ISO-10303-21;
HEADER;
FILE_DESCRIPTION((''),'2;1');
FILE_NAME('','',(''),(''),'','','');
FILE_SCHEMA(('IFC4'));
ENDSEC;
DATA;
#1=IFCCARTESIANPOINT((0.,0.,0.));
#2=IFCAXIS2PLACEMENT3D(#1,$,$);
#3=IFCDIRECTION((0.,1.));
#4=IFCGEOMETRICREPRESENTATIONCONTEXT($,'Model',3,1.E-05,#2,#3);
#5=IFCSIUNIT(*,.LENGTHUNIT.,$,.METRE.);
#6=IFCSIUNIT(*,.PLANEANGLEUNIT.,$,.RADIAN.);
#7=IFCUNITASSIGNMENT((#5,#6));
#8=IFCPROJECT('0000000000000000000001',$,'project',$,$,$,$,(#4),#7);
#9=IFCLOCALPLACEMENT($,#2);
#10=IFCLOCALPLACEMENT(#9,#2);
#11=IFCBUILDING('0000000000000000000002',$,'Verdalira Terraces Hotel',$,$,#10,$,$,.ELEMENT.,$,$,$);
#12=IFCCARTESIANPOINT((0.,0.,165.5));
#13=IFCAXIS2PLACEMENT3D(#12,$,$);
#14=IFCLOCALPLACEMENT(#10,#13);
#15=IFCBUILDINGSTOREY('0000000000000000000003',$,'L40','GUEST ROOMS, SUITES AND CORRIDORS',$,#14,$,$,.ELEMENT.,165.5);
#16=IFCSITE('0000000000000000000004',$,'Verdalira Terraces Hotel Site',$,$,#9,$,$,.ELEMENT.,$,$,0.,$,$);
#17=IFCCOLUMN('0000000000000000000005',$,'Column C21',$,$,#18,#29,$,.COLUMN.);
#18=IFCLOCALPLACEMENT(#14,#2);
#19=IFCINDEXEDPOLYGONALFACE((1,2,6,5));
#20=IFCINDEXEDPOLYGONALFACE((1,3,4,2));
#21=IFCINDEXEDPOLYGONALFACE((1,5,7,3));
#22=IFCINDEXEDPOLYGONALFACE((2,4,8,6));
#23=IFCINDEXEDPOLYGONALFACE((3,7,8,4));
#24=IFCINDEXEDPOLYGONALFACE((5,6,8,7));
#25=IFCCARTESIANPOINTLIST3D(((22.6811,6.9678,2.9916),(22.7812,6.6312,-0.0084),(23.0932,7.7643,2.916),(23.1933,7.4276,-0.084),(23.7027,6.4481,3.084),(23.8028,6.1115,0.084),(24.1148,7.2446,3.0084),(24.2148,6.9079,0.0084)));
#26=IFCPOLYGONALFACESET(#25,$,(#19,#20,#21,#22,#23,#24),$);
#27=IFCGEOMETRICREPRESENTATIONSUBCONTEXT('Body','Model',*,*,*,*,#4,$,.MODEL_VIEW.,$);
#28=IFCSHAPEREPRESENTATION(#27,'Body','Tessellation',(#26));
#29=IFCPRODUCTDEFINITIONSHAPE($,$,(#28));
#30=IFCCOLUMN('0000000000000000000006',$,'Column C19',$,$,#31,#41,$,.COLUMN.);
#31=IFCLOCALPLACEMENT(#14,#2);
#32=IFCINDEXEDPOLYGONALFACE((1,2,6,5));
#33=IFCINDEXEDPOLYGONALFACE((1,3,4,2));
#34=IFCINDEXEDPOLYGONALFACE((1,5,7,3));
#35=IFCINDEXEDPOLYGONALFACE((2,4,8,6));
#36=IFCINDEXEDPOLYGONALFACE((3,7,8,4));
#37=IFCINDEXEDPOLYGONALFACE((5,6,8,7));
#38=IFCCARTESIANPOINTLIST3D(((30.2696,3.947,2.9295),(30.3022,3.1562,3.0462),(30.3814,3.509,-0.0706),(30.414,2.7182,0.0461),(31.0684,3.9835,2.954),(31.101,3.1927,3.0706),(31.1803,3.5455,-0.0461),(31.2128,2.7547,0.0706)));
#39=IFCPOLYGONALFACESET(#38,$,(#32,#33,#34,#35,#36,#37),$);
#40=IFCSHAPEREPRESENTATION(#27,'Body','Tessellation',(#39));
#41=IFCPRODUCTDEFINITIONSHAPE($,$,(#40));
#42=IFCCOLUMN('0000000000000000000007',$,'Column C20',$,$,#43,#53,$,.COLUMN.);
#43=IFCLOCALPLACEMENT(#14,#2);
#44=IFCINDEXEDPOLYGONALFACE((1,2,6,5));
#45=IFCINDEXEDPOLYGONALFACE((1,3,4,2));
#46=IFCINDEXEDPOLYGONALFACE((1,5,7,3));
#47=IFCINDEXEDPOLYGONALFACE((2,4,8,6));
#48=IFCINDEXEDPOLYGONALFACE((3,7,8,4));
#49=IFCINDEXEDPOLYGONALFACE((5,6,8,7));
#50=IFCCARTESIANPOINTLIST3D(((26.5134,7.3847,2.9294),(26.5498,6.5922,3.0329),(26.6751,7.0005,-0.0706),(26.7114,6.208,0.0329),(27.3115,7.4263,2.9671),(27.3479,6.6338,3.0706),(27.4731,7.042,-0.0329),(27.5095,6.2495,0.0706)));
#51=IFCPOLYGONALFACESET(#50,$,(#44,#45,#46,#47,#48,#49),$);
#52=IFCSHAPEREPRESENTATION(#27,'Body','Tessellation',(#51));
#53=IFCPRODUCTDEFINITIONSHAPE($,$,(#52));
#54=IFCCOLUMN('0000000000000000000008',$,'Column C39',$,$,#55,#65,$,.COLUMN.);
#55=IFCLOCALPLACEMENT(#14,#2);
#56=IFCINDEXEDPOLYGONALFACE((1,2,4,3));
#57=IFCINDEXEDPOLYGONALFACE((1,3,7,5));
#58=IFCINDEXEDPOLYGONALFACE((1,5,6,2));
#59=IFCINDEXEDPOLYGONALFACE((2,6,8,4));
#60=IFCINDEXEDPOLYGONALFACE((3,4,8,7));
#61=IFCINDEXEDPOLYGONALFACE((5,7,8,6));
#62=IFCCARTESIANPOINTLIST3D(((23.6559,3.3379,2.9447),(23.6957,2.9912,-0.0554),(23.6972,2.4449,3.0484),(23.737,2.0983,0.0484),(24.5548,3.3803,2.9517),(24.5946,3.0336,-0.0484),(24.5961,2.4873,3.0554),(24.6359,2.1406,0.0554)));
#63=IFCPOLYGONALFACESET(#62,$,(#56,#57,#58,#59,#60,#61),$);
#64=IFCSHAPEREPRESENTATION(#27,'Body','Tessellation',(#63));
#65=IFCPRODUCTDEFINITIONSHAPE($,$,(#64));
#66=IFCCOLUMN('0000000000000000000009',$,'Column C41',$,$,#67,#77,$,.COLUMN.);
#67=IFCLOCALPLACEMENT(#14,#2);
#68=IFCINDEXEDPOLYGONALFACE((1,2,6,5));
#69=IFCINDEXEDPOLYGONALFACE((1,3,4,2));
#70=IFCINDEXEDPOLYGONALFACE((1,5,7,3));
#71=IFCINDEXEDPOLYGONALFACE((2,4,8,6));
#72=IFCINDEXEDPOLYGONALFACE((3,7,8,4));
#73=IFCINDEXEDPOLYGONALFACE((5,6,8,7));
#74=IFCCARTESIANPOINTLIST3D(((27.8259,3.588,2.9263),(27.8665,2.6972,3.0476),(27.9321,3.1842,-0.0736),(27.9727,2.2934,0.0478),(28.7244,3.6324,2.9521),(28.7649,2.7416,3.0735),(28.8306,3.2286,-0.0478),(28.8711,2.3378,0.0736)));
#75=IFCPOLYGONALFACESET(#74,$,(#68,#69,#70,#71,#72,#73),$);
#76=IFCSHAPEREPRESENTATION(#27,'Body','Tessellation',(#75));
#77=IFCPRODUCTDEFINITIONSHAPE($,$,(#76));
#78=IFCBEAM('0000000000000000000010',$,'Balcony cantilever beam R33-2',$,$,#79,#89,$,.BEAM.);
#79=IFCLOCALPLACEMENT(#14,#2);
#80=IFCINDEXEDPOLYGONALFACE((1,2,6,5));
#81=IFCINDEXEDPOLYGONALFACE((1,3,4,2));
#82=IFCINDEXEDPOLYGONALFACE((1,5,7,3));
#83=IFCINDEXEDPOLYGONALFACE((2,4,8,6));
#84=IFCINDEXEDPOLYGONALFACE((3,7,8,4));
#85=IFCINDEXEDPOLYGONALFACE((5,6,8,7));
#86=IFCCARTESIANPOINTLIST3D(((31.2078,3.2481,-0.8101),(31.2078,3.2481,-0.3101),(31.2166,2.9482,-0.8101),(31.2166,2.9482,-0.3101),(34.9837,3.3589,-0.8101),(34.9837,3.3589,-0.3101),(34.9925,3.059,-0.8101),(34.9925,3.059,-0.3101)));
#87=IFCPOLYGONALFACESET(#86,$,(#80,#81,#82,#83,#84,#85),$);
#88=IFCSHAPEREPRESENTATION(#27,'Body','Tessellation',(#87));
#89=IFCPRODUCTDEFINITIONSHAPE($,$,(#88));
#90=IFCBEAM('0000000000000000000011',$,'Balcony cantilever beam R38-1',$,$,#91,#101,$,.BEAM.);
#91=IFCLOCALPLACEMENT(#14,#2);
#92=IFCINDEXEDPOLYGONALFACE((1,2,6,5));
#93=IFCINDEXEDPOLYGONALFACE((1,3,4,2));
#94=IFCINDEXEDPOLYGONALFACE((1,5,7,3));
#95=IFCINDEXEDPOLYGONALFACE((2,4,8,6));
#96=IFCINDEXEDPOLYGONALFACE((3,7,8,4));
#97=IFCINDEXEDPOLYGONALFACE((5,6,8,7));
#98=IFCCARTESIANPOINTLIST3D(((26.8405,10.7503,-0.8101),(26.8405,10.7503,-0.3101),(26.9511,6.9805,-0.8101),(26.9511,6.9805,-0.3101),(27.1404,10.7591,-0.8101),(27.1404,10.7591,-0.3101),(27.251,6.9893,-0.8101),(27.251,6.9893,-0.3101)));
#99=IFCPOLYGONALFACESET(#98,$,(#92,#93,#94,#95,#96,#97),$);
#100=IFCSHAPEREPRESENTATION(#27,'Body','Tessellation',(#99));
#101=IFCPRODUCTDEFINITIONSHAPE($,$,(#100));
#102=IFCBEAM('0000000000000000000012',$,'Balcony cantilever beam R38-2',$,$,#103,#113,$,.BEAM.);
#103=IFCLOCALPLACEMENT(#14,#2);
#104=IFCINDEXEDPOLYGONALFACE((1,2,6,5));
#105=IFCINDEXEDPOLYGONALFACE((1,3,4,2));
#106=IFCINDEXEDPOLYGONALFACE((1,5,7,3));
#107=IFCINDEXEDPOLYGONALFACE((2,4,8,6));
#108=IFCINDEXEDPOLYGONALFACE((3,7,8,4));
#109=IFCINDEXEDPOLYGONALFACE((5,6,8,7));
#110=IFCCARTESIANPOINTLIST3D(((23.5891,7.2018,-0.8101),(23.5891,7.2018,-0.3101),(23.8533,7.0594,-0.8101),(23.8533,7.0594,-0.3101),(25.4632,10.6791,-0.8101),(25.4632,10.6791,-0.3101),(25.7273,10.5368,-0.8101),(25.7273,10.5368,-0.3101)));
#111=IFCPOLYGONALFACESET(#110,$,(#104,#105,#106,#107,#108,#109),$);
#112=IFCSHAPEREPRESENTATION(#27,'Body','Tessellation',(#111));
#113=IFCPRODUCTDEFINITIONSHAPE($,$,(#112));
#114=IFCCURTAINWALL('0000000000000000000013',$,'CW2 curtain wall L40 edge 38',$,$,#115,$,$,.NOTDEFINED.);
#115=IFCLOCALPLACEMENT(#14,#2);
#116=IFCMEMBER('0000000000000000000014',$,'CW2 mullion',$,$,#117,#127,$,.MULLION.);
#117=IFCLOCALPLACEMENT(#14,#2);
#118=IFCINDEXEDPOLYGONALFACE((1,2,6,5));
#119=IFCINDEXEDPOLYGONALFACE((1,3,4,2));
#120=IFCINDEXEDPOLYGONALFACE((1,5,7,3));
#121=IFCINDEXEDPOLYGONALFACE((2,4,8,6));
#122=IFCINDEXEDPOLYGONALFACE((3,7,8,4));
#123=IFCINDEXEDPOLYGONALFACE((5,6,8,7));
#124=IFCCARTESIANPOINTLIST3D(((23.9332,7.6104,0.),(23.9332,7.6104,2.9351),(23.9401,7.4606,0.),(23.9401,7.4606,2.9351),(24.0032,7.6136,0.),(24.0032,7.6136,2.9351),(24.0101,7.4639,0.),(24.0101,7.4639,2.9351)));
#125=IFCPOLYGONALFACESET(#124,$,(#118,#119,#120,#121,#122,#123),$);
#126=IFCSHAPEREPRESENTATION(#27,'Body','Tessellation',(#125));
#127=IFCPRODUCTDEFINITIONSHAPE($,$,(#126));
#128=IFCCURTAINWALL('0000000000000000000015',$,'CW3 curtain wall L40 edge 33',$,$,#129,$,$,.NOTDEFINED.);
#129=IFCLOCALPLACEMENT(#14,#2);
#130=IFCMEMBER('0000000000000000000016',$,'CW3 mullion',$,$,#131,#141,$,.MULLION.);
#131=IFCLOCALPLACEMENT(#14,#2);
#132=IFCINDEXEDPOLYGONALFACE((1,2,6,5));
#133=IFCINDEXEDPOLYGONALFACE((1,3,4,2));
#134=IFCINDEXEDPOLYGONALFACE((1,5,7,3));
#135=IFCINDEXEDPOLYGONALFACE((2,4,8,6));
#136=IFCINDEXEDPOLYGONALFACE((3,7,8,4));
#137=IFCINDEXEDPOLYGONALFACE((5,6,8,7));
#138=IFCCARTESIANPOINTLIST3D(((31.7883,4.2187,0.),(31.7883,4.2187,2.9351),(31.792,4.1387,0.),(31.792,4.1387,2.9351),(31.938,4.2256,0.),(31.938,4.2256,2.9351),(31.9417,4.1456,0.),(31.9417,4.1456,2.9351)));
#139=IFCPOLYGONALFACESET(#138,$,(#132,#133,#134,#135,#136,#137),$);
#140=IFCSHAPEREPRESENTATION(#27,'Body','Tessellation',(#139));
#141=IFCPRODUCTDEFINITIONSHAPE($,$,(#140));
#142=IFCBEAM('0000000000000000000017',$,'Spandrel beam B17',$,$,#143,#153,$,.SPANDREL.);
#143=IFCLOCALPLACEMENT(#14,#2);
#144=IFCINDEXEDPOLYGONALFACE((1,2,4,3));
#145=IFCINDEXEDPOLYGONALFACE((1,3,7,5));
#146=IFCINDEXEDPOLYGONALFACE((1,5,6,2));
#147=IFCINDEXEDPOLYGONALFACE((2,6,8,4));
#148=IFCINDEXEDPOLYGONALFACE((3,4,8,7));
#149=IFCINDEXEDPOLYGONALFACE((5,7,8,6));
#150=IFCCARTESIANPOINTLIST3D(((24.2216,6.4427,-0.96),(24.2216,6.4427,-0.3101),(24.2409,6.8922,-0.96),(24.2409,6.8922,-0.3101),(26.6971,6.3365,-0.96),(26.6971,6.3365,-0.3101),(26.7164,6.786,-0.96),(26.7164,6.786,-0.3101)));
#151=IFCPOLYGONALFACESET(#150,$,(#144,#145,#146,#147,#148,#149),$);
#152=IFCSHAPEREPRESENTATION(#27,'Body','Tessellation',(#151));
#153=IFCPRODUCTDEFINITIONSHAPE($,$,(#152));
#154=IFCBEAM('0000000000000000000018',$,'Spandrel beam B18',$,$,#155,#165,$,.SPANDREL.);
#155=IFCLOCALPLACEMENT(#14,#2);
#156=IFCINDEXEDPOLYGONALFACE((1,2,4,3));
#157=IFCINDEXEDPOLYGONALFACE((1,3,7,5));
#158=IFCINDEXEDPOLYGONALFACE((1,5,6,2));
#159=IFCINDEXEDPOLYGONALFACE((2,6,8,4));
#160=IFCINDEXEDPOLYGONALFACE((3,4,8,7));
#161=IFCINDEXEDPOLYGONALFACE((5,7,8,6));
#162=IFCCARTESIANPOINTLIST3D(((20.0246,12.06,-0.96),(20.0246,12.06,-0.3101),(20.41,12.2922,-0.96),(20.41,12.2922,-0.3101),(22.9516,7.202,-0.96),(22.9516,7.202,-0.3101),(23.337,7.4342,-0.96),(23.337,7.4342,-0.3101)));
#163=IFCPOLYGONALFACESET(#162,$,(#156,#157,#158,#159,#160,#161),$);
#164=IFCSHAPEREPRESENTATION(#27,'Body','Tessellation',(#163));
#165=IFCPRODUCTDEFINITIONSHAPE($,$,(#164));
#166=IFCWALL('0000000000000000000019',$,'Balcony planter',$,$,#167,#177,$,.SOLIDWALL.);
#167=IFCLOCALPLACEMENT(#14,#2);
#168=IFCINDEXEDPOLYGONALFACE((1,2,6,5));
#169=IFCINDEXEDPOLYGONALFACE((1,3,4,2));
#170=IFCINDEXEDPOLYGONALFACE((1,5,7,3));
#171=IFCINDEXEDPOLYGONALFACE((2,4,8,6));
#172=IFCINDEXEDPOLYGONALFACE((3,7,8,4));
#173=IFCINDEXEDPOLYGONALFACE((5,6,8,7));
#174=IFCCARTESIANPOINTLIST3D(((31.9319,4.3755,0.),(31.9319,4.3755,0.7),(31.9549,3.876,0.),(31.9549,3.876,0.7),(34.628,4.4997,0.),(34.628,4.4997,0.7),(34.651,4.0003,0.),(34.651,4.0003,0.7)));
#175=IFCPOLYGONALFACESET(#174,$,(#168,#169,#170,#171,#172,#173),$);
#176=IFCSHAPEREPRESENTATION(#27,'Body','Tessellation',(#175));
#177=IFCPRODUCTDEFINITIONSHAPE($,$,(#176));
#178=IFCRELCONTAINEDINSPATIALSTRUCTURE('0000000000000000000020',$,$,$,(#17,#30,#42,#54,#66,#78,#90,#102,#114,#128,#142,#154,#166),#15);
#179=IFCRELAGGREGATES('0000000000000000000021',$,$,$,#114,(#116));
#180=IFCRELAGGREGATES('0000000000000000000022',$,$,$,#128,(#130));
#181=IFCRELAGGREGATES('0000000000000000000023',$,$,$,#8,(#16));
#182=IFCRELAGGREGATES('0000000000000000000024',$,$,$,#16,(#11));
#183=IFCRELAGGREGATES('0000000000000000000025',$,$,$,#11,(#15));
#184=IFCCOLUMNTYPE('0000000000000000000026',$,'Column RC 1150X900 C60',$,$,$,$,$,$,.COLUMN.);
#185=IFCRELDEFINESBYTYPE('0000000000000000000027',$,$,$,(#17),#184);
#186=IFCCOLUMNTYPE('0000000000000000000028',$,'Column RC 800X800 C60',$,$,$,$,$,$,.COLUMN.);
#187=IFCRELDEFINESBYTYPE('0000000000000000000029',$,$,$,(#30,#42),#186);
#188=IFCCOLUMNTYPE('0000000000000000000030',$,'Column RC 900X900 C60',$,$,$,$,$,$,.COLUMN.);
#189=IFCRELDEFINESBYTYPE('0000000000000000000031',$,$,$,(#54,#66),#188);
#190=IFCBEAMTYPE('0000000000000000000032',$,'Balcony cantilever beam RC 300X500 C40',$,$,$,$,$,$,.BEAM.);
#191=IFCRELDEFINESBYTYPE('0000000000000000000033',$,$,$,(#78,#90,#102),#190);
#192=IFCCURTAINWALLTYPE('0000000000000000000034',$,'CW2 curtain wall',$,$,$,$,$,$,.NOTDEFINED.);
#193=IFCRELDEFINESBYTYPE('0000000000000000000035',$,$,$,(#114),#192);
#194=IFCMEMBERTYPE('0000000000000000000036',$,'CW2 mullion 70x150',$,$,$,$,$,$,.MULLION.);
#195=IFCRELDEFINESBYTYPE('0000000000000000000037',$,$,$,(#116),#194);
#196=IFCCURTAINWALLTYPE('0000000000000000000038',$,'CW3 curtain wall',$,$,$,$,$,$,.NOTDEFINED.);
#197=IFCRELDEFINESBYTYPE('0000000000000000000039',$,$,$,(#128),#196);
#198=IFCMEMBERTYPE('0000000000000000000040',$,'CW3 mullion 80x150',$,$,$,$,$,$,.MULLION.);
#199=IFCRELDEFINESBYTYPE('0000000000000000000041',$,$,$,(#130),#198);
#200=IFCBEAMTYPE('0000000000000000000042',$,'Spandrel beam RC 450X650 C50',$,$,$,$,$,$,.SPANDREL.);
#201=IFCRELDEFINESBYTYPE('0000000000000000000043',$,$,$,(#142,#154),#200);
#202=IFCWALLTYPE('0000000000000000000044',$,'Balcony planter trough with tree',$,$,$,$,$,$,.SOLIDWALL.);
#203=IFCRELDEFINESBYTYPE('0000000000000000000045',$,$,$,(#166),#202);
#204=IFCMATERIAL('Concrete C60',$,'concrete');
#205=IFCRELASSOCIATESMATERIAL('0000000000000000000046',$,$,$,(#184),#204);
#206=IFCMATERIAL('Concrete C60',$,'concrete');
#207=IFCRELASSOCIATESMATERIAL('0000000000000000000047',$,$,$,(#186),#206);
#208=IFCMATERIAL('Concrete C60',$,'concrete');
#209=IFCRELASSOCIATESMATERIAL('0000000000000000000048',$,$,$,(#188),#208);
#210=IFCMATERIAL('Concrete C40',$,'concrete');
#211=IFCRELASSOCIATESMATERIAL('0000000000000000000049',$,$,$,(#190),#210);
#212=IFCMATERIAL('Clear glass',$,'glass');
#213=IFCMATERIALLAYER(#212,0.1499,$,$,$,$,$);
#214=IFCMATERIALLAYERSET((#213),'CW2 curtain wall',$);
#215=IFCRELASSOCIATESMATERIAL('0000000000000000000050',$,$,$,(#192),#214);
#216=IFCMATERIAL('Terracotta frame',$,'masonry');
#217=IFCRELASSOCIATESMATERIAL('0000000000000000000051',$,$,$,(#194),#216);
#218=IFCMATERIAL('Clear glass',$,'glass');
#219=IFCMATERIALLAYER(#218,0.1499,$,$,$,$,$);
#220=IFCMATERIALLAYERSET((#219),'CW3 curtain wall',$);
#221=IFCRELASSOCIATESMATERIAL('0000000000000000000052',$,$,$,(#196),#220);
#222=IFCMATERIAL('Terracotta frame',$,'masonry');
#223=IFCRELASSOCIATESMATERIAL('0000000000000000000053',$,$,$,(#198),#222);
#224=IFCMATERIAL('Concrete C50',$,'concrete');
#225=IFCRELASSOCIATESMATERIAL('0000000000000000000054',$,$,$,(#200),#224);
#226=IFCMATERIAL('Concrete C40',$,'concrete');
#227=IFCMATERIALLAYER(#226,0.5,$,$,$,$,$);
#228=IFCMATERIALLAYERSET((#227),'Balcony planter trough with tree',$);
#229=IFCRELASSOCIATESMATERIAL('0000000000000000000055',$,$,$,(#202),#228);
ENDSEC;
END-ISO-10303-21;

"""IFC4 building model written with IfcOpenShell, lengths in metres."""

from ifc_helpers import new_model, si_unit, direction, frame, frame_2d, origin, origin_2d, place, context, subcontext, project, spatial, rectangle, extrude, material, layer, layer_set, material_profile, profile_set, type_object, element, aggregate, save


model = new_model("IFC4")

# Units and contexts
model_context = context("Model", 3, precision=1e-05, world=origin(), true_north=direction((0.0, 1.0)))
body_context = subcontext(model_context, "Body", "Model", "MODEL_VIEW")
ifc_project = project(units=[si_unit("LENGTHUNIT", "METRE"), si_unit("PLANEANGLEUNIT", "RADIAN")], contexts=[model_context])

# Site, building, storey
site_placement = place(None, origin())
site = spatial("IfcSite", under=ifc_project, at=site_placement, Name="Verdalira Terraces Hotel Site", CompositionType="ELEMENT", RefElevation=0.0)
building_placement = place(site_placement, origin())
building = spatial("IfcBuilding", under=site, at=building_placement, Name="Verdalira Terraces Hotel", CompositionType="ELEMENT")
storey_placement = place(building_placement, frame((0.0, 0.0, 165.5)))
storey = spatial("IfcBuildingStorey", under=building, at=storey_placement, Name="L40", Description="GUEST ROOMS, SUITES AND CORRIDORS", CompositionType="ELEMENT", Elevation=165.5)

# Columns
ifc_material_1 = material(Name="Concrete C60", Category="concrete")
ifc_material_profile_1 = material_profile(ifc_material_1, rectangle(XDim=1.1499, YDim=0.8999, at=origin_2d()), Name="RC 1150X900")
ifc_profile_set_1 = profile_set([ifc_material_profile_1], Name="Concrete C60")
column_type_1 = type_object("IfcColumnType", Name="Column RC 1150X900 C60", PredefinedType="COLUMN", material=ifc_profile_set_1)
column_1_placement = place(storey_placement, frame((23.498, 6.7695, 0.0), z_axis=(-0.03314, 0.111462, 0.993216), x_axis=(0.888414, -0.451955, 0.080363)))
element("IfcColumn", 1, at=column_1_placement, inside=storey, type_object=column_type_1, Name="Column C21", PredefinedType="COLUMN", context=body_context, shape_type="SweptSolid", body=[
    extrude(rectangle(XDim=1.1499, YDim=0.8999, at=origin_2d()), origin(), (0.0, 0.0, 1.0), 3.0205),
])
ifc_material_2 = material(Name="Concrete C60", Category="concrete")
ifc_material_profile_2 = material_profile(ifc_material_2, rectangle(XDim=0.8, YDim=0.8, at=origin_2d()), Name="RC 800X800")
ifc_profile_set_2 = profile_set([ifc_material_profile_2], Name="Concrete C60")
column_type_2 = type_object("IfcColumnType", Name="Column RC 800X800 C60", PredefinedType="COLUMN", material=ifc_profile_set_2)
column_2_placement = place(storey_placement, frame((30.7971, 3.1318, 0.0), z_axis=(-0.036856, 0.144366, 0.988838), x_axis=(-0.040689, 0.988473, -0.14583)))
element("IfcColumn", 2, at=column_2_placement, inside=storey, type_object=column_type_2, Name="Column C19", PredefinedType="COLUMN", context=body_context, shape_type="SweptSolid", body=[
    extrude(rectangle(XDim=0.8, YDim=0.8, at=origin_2d()), origin(), (0.0, 0.0, 1.0), 3.0339),
])
column_3_placement = place(storey_placement, frame((27.0923, 6.625, 0.0), z_axis=(-0.053361, 0.126873, 0.990483), x_axis=(-0.997539, -0.051946, -0.047087)))
element("IfcColumn", 3, at=column_3_placement, inside=storey, type_object=column_type_2, Name="Column C20", PredefinedType="COLUMN", context=body_context, shape_type="SweptSolid", body=[
    extrude(rectangle(XDim=0.8, YDim=0.8, at=origin_2d()), origin(), (0.0, 0.0, 1.0), 3.0288),
])
ifc_material_3 = material(Name="Concrete C60", Category="concrete")
ifc_material_profile_3 = material_profile(ifc_material_3, rectangle(XDim=0.8999, YDim=0.8999, at=origin_2d()), Name="RC 900X900")
ifc_profile_set_3 = profile_set([ifc_material_profile_3], Name="Concrete C60")
column_type_3 = type_object("IfcColumnType", Name="Column RC 900X900 C60", PredefinedType="COLUMN", material=ifc_profile_set_3)
column_4_placement = place(storey_placement, frame((24.1658, 2.5659, 0.0), z_axis=(-0.013176, 0.114786, 0.993303), x_axis=(0.99886, 0.047097, 0.007807)))
element("IfcColumn", 4, at=column_4_placement, inside=storey, type_object=column_type_3, Name="Column C39", PredefinedType="COLUMN", context=body_context, shape_type="SweptSolid", body=[
    extrude(rectangle(XDim=0.8999, YDim=0.8999, at=origin_2d()), origin(), (0.0, 0.0, 1.0), 3.0203),
])
column_5_placement = place(storey_placement, frame((28.4016, 2.761, 0.0), z_axis=(-0.035062, 0.133318, 0.990453), x_axis=(0.998369, 0.049361, 0.028699)))
element("IfcColumn", 5, at=column_5_placement, inside=storey, type_object=column_type_3, Name="Column C41", PredefinedType="COLUMN", context=body_context, shape_type="SweptSolid", body=[
    extrude(rectangle(XDim=0.8999, YDim=0.8999, at=origin_2d()), origin(), (0.0, 0.0, 1.0), 3.0288),
])

# Beams
ifc_material_4 = material(Name="Concrete C40", Category="concrete")
ifc_material_profile_4 = material_profile(ifc_material_4, rectangle(XDim=0.3, YDim=0.5, at=origin_2d()), Name="RC 300X500")
ifc_profile_set_4 = profile_set([ifc_material_profile_4], Name="Concrete C40")
beam_type_1 = type_object("IfcBeamType", Name="Balcony cantilever beam RC 300X500 C40", PredefinedType="BEAM", material=ifc_profile_set_4)
beam_1_placement = place(storey_placement, frame((31.2122, 3.0981, -0.5601), z_axis=(0.999569, 0.029342, 0.0), x_axis=(-0.029342, 0.999569, 0.0)))
element("IfcBeam", 6, at=beam_1_placement, inside=storey, type_object=beam_type_1, Name="Balcony cantilever beam R33-2", PredefinedType="BEAM", context=body_context, shape_type="SweptSolid", body=[
    extrude(rectangle(XDim=0.3, YDim=0.5, at=origin_2d()), origin(), (0.0, 0.0, 1.0), 3.7776),
])
beam_2_placement = place(storey_placement, frame((27.1011, 6.9849, -0.5601), z_axis=(-0.029325, 0.99957, 0.0), x_axis=(-0.99957, -0.029325, 0.0)))
element("IfcBeam", 7, at=beam_2_placement, inside=storey, type_object=beam_type_1, Name="Balcony cantilever beam R38-1", PredefinedType="BEAM", context=body_context, shape_type="SweptSolid", body=[
    extrude(rectangle(XDim=0.3, YDim=0.5, at=origin_2d()), origin(), (0.0, 0.0, 1.0), 3.7715),
])
beam_3_placement = place(storey_placement, frame((23.7212, 7.1306, -0.5601), z_axis=(0.47442, 0.880298, 0.0), x_axis=(-0.880298, 0.47442, 0.0)))
element("IfcBeam", 8, at=beam_3_placement, inside=storey, type_object=beam_type_1, Name="Balcony cantilever beam R38-2", PredefinedType="BEAM", context=body_context, shape_type="SweptSolid", body=[
    extrude(rectangle(XDim=0.3, YDim=0.5, at=origin_2d()), origin(), (0.0, 0.0, 1.0), 3.9502),
])

# Curtain walls, members
ifc_material_5 = material(Name="Clear glass", Category="glass")
ifc_layer_1 = layer(ifc_material_5, 0.1499)
ifc_layer_set_1 = layer_set([ifc_layer_1], Name="CW2 curtain wall")
curtain_wall_type_1 = type_object("IfcCurtainWallType", Name="CW2 curtain wall", PredefinedType="NOTDEFINED", material=ifc_layer_set_1)
curtain_wall_1_placement = place(storey_placement, origin())
curtain_wall_1 = element("IfcCurtainWall", 9, at=curtain_wall_1_placement, inside=storey, type_object=curtain_wall_type_1, Name="CW2 curtain wall L40 edge 38", PredefinedType="NOTDEFINED")
ifc_material_6 = material(Name="Terracotta frame", Category="masonry")
ifc_material_profile_5 = material_profile(ifc_material_6, rectangle(XDim=0.0701, YDim=0.1499, at=origin_2d()), Name="MU 70x150")
ifc_profile_set_5 = profile_set([ifc_material_profile_5], Name="Terracotta frame")
member_type_1 = type_object("IfcMemberType", Name="CW2 mullion 70x150", PredefinedType="MULLION", material=ifc_profile_set_5)
member_1_placement = place(storey_placement, frame((23.9717, 7.5371, 0.0), z_axis=(0.0, 0.0, 1.0), x_axis=(-0.998939, -0.04606, 0.0)))
member_1 = element("IfcMember", 10, at=member_1_placement, type_object=member_type_1, Name="CW2 mullion", PredefinedType="MULLION", context=body_context, shape_type="SweptSolid", body=[
    extrude(rectangle(XDim=0.0701, YDim=0.1499, at=origin_2d()), origin(), (0.0, 0.0, 1.0), 2.9351),
])
aggregate(curtain_wall_1, [member_1])
ifc_material_7 = material(Name="Clear glass", Category="glass")
ifc_layer_2 = layer(ifc_material_7, 0.1499)
ifc_layer_set_2 = layer_set([ifc_layer_2], Name="CW3 curtain wall")
curtain_wall_type_2 = type_object("IfcCurtainWallType", Name="CW3 curtain wall", PredefinedType="NOTDEFINED", material=ifc_layer_set_2)
curtain_wall_2_placement = place(storey_placement, origin())
curtain_wall_2 = element("IfcCurtainWall", 11, at=curtain_wall_2_placement, inside=storey, type_object=curtain_wall_type_2, Name="CW3 curtain wall L40 edge 33", PredefinedType="NOTDEFINED")
ifc_material_8 = material(Name="Terracotta frame", Category="masonry")
ifc_material_profile_6 = material_profile(ifc_material_8, rectangle(XDim=0.0801, YDim=0.1499, at=origin_2d()), Name="MU 80x150")
ifc_profile_set_6 = profile_set([ifc_material_profile_6], Name="Terracotta frame")
member_type_2 = type_object("IfcMemberType", Name="CW3 mullion 80x150", PredefinedType="MULLION", material=ifc_profile_set_6)
member_2_placement = place(storey_placement, frame((31.865, 4.1821, 0.0), z_axis=(0.0, 0.0, 1.0), x_axis=(-0.04606, 0.998939, 0.0)))
member_2 = element("IfcMember", 12, at=member_2_placement, type_object=member_type_2, Name="CW3 mullion", PredefinedType="MULLION", context=body_context, shape_type="SweptSolid", body=[
    extrude(rectangle(XDim=0.0801, YDim=0.1499, at=origin_2d()), origin(), (0.0, 0.0, 1.0), 2.9351),
])
aggregate(curtain_wall_2, [member_2])

# Beams
ifc_material_9 = material(Name="Concrete C50", Category="concrete")
ifc_material_profile_7 = material_profile(ifc_material_9, rectangle(XDim=0.45, YDim=0.6499, at=origin_2d()), Name="RC 450X650")
ifc_profile_set_7 = profile_set([ifc_material_profile_7], Name="Concrete C50")
beam_type_2 = type_object("IfcBeamType", Name="Spandrel beam RC 450X650 C50", PredefinedType="SPANDREL", material=ifc_profile_set_7)
beam_4_placement = place(storey_placement, frame((26.7068, 6.5613, -0.635), z_axis=(-0.999081, 0.04286, 0.0), x_axis=(-0.04286, -0.999081, 0.0)))
element("IfcBeam", 13, at=beam_4_placement, inside=storey, type_object=beam_type_2, Name="Spandrel beam B17", PredefinedType="SPANDREL", context=body_context, shape_type="SweptSolid", body=[
    extrude(rectangle(XDim=0.45, YDim=0.6499, at=origin_2d()), origin(), (0.0, 0.0, 1.0), 2.4778),
])
beam_5_placement = place(storey_placement, frame((23.1443, 7.3181, -0.635), z_axis=(-0.516084, 0.856538, 0.0), x_axis=(-0.856538, -0.516084, 0.0)))
element("IfcBeam", 14, at=beam_5_placement, inside=storey, type_object=beam_type_2, Name="Spandrel beam B18", PredefinedType="SPANDREL", context=body_context, shape_type="SweptSolid", body=[
    extrude(rectangle(XDim=0.45, YDim=0.6499, at=origin_2d()), origin(), (0.0, 0.0, 1.0), 5.6716),
])

# Wall
ifc_material_10 = material(Name="Concrete C40", Category="concrete")
ifc_layer_3 = layer(ifc_material_10, 0.5)
ifc_layer_set_3 = layer_set([ifc_layer_3], Name="Balcony planter trough with tree")
wall_type_1 = type_object("IfcWallType", Name="Balcony planter trough with tree", PredefinedType="SOLIDWALL", material=ifc_layer_set_3)
wall_1_placement = place(storey_placement, frame((34.6396, 4.25, 0.0), z_axis=(0.0, 0.0, 1.0), x_axis=(-0.998939, -0.046044, 0.0)))
element("IfcWall", 15, at=wall_1_placement, inside=storey, type_object=wall_type_1, Name="Balcony planter", PredefinedType="SOLIDWALL", context=body_context, shape_type="SweptSolid", body=[
    extrude(rectangle(XDim=2.699, YDim=0.5, at=frame_2d((1.3496, 0.0))), origin(), (0.0, 0.0, 1.0), 0.7),
])

save(model, "model.ifc")
